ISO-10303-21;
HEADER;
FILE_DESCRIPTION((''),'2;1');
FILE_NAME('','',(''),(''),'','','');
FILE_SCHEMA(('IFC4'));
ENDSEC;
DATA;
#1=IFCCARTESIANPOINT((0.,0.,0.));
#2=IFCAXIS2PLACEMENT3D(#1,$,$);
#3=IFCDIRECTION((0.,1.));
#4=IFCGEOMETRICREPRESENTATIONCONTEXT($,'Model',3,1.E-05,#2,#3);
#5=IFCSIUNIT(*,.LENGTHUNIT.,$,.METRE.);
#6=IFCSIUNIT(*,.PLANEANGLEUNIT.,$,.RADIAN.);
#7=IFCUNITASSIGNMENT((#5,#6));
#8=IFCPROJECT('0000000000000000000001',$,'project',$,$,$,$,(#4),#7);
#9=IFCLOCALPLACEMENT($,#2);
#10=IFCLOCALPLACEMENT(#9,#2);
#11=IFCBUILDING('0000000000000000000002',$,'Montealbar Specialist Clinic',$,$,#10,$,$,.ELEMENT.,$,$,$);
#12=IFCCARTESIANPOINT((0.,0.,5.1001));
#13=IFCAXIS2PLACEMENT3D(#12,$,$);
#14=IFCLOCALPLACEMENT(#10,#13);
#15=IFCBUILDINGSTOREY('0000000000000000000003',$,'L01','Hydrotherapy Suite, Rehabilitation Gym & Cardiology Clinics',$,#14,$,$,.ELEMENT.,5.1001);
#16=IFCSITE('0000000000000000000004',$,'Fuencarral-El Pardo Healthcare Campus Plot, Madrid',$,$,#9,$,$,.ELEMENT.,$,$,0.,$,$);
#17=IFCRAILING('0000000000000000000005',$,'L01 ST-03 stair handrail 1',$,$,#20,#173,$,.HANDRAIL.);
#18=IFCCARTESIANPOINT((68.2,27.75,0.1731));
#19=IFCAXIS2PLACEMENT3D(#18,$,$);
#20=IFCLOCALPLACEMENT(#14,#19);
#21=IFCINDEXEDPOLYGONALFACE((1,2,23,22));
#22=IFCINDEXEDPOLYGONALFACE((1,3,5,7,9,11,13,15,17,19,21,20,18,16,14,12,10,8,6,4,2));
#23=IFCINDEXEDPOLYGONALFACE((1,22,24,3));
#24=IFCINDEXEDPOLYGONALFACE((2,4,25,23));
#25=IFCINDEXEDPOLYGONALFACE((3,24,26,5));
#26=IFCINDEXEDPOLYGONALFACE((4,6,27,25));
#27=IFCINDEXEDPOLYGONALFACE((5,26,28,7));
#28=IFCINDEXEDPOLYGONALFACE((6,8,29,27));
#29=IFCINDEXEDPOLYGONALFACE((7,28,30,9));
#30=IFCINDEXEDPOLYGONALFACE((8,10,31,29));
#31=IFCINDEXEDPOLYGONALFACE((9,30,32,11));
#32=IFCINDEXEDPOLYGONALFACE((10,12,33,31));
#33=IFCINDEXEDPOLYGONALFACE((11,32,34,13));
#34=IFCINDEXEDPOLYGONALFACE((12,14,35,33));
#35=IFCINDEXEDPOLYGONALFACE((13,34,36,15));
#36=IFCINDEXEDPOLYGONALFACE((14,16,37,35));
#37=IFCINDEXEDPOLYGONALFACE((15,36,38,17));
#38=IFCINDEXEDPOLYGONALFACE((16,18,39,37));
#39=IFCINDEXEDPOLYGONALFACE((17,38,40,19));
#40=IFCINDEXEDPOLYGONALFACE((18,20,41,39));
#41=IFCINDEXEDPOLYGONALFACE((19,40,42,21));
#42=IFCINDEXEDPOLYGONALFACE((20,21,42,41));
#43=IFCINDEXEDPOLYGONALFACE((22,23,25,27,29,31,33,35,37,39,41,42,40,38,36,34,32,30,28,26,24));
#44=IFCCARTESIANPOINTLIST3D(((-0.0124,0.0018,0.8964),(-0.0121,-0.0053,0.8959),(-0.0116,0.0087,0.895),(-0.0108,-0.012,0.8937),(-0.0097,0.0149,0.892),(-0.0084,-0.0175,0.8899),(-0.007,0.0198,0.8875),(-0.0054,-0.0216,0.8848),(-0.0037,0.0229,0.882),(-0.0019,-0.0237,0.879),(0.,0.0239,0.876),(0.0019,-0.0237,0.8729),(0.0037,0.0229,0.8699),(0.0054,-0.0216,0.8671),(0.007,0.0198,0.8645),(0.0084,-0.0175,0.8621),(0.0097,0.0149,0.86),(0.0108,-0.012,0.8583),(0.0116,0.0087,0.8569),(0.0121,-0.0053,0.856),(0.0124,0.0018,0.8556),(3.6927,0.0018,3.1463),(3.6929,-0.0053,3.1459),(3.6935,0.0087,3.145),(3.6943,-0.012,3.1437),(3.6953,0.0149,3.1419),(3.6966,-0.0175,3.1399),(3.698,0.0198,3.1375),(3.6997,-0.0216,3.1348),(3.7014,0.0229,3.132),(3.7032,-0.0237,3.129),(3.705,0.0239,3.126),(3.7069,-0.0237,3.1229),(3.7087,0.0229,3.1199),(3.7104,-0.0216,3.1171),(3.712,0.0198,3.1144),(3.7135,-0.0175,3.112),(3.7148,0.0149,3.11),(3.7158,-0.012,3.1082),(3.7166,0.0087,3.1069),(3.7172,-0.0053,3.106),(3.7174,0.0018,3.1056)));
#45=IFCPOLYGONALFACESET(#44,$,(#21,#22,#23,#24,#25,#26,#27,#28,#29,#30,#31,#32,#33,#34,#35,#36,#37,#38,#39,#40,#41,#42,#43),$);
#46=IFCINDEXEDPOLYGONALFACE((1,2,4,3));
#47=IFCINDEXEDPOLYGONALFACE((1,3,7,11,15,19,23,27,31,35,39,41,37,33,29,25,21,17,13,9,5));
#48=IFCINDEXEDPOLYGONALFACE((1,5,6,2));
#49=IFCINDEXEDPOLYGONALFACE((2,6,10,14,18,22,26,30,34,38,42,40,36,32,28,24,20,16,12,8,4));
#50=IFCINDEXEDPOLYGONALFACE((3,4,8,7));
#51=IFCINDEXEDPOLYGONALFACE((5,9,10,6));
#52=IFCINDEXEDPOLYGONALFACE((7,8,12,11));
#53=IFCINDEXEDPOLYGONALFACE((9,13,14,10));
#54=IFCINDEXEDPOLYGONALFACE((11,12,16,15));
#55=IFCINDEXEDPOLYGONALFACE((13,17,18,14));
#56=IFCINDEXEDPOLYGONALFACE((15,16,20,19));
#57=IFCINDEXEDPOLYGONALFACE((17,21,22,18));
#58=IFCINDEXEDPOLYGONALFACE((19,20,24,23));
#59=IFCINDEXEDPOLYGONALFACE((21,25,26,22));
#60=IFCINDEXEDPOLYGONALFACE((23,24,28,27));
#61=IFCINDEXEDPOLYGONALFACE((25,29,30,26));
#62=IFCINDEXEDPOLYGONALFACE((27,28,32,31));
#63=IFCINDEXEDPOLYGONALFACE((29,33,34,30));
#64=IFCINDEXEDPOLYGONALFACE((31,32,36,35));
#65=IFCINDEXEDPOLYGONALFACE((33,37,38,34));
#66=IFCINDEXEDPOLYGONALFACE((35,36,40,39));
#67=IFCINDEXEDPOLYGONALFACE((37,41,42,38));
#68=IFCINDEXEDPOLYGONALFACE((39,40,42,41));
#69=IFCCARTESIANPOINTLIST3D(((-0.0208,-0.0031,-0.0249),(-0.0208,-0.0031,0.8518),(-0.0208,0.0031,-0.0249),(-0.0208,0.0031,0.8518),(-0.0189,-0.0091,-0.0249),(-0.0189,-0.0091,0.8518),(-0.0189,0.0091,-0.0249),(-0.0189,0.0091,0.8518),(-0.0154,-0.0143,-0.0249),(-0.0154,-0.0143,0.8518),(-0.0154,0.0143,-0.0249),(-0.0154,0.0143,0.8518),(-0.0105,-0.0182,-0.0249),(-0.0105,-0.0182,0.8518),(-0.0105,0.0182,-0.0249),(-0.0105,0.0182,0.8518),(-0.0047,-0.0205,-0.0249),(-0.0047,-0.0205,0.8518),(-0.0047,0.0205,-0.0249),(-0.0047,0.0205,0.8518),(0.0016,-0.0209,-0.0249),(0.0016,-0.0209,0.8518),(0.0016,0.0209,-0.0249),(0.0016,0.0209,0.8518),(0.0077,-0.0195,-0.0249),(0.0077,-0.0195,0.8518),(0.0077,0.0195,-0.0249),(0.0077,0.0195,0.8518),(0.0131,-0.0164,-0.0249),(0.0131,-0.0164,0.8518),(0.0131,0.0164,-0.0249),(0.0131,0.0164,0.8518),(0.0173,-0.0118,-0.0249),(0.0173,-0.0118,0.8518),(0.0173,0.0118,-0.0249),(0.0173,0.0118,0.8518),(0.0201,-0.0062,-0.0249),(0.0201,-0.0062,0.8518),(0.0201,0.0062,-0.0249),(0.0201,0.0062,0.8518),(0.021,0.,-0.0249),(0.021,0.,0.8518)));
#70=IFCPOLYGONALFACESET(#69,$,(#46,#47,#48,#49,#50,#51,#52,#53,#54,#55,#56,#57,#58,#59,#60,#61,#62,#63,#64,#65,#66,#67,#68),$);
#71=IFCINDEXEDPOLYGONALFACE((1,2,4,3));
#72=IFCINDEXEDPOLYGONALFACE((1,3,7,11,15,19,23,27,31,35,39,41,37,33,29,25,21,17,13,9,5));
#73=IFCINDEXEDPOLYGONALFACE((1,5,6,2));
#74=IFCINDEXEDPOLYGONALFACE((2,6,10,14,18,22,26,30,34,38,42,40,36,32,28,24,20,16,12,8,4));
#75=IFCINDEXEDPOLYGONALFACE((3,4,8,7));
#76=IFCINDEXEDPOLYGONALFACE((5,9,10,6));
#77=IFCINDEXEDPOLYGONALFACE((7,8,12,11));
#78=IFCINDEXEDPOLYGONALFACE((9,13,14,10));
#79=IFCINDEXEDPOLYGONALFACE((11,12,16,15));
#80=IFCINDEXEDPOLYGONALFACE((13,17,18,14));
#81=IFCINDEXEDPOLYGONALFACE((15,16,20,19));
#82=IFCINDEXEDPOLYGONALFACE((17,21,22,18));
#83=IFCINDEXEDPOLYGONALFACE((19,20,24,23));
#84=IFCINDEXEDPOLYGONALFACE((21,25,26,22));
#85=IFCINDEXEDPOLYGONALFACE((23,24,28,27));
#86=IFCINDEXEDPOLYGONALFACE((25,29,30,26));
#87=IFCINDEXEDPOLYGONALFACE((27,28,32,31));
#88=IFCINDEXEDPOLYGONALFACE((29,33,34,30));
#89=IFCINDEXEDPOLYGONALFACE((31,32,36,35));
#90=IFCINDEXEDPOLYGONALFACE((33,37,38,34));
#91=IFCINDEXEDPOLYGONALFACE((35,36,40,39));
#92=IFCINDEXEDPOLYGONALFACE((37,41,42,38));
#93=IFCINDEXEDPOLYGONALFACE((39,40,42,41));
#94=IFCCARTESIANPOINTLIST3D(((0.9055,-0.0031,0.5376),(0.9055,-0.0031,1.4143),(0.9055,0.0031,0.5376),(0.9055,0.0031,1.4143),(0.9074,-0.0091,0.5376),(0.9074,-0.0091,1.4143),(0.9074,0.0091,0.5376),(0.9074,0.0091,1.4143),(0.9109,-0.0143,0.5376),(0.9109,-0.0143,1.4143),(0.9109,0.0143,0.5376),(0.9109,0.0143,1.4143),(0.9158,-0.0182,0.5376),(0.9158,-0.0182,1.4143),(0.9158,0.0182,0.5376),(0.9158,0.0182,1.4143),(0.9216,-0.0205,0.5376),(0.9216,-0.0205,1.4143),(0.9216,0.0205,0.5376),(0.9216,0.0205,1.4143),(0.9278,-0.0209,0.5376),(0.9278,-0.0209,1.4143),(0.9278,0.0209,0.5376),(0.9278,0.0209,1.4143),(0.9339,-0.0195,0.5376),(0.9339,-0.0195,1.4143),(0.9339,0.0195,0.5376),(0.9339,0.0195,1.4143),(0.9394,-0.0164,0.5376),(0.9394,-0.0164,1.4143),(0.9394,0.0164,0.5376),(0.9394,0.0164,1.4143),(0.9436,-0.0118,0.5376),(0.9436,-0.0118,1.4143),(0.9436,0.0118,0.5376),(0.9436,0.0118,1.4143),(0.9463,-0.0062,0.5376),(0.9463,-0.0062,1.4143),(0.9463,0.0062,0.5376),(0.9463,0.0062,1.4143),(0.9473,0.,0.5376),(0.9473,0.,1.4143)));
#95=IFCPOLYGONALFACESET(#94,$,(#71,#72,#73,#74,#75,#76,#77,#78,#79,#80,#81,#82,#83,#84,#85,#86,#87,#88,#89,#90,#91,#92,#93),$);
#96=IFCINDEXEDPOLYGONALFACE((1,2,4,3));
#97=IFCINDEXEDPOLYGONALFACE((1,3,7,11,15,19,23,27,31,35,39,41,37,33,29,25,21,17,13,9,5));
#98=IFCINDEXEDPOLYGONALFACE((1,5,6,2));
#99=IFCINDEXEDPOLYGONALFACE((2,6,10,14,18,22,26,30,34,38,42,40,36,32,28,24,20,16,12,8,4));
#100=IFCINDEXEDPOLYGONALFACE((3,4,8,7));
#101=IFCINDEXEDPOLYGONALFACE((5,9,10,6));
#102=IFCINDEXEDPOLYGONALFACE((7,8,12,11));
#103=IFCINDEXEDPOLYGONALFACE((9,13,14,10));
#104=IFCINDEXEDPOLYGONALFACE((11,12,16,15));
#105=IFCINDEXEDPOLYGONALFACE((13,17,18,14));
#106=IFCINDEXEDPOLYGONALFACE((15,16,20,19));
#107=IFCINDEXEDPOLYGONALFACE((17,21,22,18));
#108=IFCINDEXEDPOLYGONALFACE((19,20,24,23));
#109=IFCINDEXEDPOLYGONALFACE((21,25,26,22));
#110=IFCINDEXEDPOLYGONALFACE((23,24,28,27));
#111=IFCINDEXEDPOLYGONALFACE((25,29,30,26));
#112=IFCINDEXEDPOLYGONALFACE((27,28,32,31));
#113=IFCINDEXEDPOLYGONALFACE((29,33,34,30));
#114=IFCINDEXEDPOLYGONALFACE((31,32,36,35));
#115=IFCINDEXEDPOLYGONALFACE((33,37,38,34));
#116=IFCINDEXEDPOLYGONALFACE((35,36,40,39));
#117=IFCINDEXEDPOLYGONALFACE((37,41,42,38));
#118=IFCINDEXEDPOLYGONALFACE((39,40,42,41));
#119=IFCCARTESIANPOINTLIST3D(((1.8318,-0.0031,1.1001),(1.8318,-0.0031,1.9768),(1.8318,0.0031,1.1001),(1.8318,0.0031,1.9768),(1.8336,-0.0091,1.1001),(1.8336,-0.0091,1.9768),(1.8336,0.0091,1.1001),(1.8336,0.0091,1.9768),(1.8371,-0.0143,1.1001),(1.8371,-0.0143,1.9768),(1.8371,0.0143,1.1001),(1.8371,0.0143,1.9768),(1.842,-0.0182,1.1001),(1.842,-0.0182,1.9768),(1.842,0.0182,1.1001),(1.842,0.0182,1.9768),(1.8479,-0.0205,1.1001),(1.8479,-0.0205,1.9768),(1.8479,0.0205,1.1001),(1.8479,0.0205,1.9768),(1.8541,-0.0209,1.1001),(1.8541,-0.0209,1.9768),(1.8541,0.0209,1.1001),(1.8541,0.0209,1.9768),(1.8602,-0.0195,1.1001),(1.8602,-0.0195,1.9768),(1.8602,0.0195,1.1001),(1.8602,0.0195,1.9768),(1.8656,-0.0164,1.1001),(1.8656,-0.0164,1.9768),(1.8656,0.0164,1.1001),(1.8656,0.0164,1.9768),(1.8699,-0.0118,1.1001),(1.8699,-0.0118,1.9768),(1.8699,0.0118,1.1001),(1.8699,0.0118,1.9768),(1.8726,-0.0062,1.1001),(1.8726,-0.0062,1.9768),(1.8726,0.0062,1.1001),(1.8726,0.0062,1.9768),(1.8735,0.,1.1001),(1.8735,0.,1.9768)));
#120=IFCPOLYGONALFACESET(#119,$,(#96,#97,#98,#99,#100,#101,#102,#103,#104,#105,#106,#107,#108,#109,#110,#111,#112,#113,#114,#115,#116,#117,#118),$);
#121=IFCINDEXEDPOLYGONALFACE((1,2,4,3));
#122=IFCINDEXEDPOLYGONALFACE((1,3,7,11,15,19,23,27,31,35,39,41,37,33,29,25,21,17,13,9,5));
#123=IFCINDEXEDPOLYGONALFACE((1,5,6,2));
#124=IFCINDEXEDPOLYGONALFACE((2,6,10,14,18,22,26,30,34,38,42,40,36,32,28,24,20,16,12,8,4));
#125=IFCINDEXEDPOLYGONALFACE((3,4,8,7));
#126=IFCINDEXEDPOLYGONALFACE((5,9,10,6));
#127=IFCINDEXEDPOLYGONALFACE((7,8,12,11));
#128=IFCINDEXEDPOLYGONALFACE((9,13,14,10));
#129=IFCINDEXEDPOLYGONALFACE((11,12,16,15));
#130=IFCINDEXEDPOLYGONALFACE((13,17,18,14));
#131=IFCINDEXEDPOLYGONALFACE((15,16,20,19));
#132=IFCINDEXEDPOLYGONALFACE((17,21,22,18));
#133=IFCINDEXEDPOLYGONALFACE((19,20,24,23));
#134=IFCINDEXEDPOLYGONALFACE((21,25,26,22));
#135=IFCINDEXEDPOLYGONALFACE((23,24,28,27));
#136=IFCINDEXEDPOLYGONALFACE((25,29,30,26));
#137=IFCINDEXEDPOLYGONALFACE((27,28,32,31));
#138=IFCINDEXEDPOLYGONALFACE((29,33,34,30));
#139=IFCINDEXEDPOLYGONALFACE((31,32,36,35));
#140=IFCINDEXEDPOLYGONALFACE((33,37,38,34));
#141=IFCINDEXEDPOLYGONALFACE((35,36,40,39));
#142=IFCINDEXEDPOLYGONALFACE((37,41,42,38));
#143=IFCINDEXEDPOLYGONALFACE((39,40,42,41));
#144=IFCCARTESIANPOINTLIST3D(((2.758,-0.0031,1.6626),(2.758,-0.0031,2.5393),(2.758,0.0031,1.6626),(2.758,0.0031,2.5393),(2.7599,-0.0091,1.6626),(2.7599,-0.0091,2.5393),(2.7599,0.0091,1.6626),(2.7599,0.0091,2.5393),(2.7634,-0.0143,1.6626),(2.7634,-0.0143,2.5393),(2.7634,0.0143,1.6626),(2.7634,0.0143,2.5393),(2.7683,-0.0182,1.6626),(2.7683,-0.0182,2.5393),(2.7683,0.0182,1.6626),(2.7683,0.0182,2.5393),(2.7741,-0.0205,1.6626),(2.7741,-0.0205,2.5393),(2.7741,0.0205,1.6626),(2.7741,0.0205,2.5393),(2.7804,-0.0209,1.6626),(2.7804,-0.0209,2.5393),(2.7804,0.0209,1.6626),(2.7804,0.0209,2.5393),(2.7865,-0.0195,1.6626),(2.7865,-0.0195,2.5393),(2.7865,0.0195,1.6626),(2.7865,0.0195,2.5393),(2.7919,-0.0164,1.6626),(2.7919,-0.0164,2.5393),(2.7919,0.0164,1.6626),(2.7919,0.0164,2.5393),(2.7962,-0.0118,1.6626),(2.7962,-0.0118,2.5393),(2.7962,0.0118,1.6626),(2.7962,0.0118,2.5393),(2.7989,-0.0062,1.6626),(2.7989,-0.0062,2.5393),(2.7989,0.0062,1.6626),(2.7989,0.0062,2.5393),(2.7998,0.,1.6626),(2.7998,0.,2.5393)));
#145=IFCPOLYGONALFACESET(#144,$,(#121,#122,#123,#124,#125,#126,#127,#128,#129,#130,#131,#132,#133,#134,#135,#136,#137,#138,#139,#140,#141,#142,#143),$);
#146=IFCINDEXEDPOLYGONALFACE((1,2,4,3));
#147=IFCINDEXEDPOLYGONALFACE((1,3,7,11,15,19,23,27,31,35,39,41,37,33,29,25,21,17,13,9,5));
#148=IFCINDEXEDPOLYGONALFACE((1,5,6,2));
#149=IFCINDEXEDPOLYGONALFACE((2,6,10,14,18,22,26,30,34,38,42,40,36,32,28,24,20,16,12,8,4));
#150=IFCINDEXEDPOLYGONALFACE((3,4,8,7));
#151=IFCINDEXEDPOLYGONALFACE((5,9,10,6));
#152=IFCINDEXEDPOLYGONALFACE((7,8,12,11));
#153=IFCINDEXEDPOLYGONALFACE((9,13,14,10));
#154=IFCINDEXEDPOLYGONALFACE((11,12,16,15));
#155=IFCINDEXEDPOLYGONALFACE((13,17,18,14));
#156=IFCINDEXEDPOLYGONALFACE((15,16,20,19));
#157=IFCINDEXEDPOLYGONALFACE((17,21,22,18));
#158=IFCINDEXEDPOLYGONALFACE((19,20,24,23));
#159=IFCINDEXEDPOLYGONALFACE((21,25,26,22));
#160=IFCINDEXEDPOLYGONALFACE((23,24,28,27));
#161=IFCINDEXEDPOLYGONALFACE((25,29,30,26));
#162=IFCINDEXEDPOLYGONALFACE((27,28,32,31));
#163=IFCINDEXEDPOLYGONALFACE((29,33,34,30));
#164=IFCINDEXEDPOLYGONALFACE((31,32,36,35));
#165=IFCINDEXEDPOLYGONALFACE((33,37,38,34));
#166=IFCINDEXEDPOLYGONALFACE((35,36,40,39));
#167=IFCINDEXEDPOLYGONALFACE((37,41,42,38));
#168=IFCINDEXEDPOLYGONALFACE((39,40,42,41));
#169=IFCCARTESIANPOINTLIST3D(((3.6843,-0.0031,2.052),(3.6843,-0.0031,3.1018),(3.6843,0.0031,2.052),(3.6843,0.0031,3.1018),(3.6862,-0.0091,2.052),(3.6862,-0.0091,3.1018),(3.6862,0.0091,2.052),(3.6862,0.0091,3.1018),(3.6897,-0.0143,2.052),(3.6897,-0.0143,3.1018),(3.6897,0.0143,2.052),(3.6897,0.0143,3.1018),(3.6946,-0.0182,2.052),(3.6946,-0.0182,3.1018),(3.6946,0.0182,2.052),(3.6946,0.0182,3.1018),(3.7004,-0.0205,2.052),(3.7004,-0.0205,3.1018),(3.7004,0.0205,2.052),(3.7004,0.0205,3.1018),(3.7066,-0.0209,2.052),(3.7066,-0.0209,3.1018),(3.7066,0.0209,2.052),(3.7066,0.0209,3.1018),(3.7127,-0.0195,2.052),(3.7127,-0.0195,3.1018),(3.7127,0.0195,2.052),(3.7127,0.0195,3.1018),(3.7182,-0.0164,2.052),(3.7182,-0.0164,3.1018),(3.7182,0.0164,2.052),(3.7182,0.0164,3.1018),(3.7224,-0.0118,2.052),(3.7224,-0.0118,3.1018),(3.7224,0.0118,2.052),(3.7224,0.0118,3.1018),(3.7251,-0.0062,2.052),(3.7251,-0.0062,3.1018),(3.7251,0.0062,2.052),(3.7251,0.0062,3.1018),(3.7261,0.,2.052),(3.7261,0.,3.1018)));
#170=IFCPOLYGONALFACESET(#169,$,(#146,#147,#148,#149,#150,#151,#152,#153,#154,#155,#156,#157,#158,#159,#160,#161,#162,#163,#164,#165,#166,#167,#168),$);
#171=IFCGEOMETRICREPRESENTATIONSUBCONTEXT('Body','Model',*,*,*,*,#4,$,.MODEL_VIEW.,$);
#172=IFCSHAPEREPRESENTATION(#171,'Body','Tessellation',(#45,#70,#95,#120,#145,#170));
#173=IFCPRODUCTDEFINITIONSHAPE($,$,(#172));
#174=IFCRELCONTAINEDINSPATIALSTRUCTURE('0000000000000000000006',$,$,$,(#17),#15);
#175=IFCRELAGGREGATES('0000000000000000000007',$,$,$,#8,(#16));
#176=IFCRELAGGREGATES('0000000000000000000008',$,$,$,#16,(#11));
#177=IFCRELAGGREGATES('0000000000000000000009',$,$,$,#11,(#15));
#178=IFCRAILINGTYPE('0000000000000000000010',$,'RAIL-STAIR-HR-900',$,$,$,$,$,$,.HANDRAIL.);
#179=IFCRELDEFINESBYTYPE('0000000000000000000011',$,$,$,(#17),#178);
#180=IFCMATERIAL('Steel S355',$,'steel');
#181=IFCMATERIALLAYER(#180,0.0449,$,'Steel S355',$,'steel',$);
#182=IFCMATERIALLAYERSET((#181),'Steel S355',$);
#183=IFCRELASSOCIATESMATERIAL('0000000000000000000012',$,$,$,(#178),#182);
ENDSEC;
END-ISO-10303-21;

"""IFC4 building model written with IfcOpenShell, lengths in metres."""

from ifc_helpers import new_model, si_unit, direction, frame, origin, origin_2d, place, context, subcontext, project, spatial, circle, extrude, material, layer, layer_set, type_object, element, save


model = new_model("IFC4")

# Units and contexts
model_context = context("Model", 3, precision=1e-05, world=origin(), true_north=direction((0.0, 1.0)))
body_context = subcontext(model_context, "Body", "Model", "MODEL_VIEW")
ifc_project = project(units=[si_unit("LENGTHUNIT", "METRE"), si_unit("PLANEANGLEUNIT", "RADIAN")], contexts=[model_context])

# Site, building, storey
site_placement = place(None, origin())
site = spatial("IfcSite", under=ifc_project, at=site_placement, Name="Fuencarral-El Pardo Healthcare Campus Plot, Madrid", CompositionType="ELEMENT", RefElevation=0.0)
building_placement = place(site_placement, origin())
building = spatial("IfcBuilding", under=site, at=building_placement, Name="Montealbar Specialist Clinic", CompositionType="ELEMENT")
storey_placement = place(building_placement, frame((0.0, 0.0, 5.1001)))
storey = spatial("IfcBuildingStorey", under=building, at=storey_placement, Name="L01", Description="Hydrotherapy Suite, Rehabilitation Gym & Cardiology Clinics", CompositionType="ELEMENT", Elevation=5.1001)

# Shared definitions
ifc_material_1 = material(Name="Steel S355", Category="steel")

# Railing
ifc_layer_1 = layer(ifc_material_1, 0.0449, Name="Steel S355", Category="steel")
ifc_layer_set_1 = layer_set([ifc_layer_1], Name="Steel S355")
railing_type_1 = type_object("IfcRailingType", Name="RAIL-STAIR-HR-900", PredefinedType="HANDRAIL", material=ifc_layer_set_1)
railing_1_placement = place(storey_placement, frame((68.2, 27.75, 0.1731)))
element("IfcRailing", 1, at=railing_1_placement, inside=storey, type_object=railing_type_1, Name="L01 ST-03 stair handrail 1", PredefinedType="HANDRAIL", context=body_context, shape_type="SweptSolid", body=[
    extrude(circle(Radius=0.0239, at=origin_2d()), frame((0.0, 0.0, 0.876), z_axis=(0.854738, 0.0, 0.51906), x_axis=(0.0, 1.0, 0.0)), (0.0, 0.0, 1.0), 4.3347),
    extrude(circle(Radius=0.021, at=origin_2d()), frame((0.0, 0.0, -0.0249)), (0.0, 0.0, 1.0), 0.8767),
    extrude(circle(Radius=0.021, at=origin_2d()), frame((0.9263, 0.0, 0.5376)), (0.0, 0.0, 1.0), 0.8767),
    extrude(circle(Radius=0.021, at=origin_2d()), frame((1.8525, 0.0, 1.1001)), (0.0, 0.0, 1.0), 0.8767),
    extrude(circle(Radius=0.021, at=origin_2d()), frame((2.7788, 0.0, 1.6626)), (0.0, 0.0, 1.0), 0.8767),
    extrude(circle(Radius=0.021, at=origin_2d()), frame((3.7051, 0.0, 2.052)), (0.0, 0.0, 1.0), 1.0498),
])

save(model, "model.ifc")
